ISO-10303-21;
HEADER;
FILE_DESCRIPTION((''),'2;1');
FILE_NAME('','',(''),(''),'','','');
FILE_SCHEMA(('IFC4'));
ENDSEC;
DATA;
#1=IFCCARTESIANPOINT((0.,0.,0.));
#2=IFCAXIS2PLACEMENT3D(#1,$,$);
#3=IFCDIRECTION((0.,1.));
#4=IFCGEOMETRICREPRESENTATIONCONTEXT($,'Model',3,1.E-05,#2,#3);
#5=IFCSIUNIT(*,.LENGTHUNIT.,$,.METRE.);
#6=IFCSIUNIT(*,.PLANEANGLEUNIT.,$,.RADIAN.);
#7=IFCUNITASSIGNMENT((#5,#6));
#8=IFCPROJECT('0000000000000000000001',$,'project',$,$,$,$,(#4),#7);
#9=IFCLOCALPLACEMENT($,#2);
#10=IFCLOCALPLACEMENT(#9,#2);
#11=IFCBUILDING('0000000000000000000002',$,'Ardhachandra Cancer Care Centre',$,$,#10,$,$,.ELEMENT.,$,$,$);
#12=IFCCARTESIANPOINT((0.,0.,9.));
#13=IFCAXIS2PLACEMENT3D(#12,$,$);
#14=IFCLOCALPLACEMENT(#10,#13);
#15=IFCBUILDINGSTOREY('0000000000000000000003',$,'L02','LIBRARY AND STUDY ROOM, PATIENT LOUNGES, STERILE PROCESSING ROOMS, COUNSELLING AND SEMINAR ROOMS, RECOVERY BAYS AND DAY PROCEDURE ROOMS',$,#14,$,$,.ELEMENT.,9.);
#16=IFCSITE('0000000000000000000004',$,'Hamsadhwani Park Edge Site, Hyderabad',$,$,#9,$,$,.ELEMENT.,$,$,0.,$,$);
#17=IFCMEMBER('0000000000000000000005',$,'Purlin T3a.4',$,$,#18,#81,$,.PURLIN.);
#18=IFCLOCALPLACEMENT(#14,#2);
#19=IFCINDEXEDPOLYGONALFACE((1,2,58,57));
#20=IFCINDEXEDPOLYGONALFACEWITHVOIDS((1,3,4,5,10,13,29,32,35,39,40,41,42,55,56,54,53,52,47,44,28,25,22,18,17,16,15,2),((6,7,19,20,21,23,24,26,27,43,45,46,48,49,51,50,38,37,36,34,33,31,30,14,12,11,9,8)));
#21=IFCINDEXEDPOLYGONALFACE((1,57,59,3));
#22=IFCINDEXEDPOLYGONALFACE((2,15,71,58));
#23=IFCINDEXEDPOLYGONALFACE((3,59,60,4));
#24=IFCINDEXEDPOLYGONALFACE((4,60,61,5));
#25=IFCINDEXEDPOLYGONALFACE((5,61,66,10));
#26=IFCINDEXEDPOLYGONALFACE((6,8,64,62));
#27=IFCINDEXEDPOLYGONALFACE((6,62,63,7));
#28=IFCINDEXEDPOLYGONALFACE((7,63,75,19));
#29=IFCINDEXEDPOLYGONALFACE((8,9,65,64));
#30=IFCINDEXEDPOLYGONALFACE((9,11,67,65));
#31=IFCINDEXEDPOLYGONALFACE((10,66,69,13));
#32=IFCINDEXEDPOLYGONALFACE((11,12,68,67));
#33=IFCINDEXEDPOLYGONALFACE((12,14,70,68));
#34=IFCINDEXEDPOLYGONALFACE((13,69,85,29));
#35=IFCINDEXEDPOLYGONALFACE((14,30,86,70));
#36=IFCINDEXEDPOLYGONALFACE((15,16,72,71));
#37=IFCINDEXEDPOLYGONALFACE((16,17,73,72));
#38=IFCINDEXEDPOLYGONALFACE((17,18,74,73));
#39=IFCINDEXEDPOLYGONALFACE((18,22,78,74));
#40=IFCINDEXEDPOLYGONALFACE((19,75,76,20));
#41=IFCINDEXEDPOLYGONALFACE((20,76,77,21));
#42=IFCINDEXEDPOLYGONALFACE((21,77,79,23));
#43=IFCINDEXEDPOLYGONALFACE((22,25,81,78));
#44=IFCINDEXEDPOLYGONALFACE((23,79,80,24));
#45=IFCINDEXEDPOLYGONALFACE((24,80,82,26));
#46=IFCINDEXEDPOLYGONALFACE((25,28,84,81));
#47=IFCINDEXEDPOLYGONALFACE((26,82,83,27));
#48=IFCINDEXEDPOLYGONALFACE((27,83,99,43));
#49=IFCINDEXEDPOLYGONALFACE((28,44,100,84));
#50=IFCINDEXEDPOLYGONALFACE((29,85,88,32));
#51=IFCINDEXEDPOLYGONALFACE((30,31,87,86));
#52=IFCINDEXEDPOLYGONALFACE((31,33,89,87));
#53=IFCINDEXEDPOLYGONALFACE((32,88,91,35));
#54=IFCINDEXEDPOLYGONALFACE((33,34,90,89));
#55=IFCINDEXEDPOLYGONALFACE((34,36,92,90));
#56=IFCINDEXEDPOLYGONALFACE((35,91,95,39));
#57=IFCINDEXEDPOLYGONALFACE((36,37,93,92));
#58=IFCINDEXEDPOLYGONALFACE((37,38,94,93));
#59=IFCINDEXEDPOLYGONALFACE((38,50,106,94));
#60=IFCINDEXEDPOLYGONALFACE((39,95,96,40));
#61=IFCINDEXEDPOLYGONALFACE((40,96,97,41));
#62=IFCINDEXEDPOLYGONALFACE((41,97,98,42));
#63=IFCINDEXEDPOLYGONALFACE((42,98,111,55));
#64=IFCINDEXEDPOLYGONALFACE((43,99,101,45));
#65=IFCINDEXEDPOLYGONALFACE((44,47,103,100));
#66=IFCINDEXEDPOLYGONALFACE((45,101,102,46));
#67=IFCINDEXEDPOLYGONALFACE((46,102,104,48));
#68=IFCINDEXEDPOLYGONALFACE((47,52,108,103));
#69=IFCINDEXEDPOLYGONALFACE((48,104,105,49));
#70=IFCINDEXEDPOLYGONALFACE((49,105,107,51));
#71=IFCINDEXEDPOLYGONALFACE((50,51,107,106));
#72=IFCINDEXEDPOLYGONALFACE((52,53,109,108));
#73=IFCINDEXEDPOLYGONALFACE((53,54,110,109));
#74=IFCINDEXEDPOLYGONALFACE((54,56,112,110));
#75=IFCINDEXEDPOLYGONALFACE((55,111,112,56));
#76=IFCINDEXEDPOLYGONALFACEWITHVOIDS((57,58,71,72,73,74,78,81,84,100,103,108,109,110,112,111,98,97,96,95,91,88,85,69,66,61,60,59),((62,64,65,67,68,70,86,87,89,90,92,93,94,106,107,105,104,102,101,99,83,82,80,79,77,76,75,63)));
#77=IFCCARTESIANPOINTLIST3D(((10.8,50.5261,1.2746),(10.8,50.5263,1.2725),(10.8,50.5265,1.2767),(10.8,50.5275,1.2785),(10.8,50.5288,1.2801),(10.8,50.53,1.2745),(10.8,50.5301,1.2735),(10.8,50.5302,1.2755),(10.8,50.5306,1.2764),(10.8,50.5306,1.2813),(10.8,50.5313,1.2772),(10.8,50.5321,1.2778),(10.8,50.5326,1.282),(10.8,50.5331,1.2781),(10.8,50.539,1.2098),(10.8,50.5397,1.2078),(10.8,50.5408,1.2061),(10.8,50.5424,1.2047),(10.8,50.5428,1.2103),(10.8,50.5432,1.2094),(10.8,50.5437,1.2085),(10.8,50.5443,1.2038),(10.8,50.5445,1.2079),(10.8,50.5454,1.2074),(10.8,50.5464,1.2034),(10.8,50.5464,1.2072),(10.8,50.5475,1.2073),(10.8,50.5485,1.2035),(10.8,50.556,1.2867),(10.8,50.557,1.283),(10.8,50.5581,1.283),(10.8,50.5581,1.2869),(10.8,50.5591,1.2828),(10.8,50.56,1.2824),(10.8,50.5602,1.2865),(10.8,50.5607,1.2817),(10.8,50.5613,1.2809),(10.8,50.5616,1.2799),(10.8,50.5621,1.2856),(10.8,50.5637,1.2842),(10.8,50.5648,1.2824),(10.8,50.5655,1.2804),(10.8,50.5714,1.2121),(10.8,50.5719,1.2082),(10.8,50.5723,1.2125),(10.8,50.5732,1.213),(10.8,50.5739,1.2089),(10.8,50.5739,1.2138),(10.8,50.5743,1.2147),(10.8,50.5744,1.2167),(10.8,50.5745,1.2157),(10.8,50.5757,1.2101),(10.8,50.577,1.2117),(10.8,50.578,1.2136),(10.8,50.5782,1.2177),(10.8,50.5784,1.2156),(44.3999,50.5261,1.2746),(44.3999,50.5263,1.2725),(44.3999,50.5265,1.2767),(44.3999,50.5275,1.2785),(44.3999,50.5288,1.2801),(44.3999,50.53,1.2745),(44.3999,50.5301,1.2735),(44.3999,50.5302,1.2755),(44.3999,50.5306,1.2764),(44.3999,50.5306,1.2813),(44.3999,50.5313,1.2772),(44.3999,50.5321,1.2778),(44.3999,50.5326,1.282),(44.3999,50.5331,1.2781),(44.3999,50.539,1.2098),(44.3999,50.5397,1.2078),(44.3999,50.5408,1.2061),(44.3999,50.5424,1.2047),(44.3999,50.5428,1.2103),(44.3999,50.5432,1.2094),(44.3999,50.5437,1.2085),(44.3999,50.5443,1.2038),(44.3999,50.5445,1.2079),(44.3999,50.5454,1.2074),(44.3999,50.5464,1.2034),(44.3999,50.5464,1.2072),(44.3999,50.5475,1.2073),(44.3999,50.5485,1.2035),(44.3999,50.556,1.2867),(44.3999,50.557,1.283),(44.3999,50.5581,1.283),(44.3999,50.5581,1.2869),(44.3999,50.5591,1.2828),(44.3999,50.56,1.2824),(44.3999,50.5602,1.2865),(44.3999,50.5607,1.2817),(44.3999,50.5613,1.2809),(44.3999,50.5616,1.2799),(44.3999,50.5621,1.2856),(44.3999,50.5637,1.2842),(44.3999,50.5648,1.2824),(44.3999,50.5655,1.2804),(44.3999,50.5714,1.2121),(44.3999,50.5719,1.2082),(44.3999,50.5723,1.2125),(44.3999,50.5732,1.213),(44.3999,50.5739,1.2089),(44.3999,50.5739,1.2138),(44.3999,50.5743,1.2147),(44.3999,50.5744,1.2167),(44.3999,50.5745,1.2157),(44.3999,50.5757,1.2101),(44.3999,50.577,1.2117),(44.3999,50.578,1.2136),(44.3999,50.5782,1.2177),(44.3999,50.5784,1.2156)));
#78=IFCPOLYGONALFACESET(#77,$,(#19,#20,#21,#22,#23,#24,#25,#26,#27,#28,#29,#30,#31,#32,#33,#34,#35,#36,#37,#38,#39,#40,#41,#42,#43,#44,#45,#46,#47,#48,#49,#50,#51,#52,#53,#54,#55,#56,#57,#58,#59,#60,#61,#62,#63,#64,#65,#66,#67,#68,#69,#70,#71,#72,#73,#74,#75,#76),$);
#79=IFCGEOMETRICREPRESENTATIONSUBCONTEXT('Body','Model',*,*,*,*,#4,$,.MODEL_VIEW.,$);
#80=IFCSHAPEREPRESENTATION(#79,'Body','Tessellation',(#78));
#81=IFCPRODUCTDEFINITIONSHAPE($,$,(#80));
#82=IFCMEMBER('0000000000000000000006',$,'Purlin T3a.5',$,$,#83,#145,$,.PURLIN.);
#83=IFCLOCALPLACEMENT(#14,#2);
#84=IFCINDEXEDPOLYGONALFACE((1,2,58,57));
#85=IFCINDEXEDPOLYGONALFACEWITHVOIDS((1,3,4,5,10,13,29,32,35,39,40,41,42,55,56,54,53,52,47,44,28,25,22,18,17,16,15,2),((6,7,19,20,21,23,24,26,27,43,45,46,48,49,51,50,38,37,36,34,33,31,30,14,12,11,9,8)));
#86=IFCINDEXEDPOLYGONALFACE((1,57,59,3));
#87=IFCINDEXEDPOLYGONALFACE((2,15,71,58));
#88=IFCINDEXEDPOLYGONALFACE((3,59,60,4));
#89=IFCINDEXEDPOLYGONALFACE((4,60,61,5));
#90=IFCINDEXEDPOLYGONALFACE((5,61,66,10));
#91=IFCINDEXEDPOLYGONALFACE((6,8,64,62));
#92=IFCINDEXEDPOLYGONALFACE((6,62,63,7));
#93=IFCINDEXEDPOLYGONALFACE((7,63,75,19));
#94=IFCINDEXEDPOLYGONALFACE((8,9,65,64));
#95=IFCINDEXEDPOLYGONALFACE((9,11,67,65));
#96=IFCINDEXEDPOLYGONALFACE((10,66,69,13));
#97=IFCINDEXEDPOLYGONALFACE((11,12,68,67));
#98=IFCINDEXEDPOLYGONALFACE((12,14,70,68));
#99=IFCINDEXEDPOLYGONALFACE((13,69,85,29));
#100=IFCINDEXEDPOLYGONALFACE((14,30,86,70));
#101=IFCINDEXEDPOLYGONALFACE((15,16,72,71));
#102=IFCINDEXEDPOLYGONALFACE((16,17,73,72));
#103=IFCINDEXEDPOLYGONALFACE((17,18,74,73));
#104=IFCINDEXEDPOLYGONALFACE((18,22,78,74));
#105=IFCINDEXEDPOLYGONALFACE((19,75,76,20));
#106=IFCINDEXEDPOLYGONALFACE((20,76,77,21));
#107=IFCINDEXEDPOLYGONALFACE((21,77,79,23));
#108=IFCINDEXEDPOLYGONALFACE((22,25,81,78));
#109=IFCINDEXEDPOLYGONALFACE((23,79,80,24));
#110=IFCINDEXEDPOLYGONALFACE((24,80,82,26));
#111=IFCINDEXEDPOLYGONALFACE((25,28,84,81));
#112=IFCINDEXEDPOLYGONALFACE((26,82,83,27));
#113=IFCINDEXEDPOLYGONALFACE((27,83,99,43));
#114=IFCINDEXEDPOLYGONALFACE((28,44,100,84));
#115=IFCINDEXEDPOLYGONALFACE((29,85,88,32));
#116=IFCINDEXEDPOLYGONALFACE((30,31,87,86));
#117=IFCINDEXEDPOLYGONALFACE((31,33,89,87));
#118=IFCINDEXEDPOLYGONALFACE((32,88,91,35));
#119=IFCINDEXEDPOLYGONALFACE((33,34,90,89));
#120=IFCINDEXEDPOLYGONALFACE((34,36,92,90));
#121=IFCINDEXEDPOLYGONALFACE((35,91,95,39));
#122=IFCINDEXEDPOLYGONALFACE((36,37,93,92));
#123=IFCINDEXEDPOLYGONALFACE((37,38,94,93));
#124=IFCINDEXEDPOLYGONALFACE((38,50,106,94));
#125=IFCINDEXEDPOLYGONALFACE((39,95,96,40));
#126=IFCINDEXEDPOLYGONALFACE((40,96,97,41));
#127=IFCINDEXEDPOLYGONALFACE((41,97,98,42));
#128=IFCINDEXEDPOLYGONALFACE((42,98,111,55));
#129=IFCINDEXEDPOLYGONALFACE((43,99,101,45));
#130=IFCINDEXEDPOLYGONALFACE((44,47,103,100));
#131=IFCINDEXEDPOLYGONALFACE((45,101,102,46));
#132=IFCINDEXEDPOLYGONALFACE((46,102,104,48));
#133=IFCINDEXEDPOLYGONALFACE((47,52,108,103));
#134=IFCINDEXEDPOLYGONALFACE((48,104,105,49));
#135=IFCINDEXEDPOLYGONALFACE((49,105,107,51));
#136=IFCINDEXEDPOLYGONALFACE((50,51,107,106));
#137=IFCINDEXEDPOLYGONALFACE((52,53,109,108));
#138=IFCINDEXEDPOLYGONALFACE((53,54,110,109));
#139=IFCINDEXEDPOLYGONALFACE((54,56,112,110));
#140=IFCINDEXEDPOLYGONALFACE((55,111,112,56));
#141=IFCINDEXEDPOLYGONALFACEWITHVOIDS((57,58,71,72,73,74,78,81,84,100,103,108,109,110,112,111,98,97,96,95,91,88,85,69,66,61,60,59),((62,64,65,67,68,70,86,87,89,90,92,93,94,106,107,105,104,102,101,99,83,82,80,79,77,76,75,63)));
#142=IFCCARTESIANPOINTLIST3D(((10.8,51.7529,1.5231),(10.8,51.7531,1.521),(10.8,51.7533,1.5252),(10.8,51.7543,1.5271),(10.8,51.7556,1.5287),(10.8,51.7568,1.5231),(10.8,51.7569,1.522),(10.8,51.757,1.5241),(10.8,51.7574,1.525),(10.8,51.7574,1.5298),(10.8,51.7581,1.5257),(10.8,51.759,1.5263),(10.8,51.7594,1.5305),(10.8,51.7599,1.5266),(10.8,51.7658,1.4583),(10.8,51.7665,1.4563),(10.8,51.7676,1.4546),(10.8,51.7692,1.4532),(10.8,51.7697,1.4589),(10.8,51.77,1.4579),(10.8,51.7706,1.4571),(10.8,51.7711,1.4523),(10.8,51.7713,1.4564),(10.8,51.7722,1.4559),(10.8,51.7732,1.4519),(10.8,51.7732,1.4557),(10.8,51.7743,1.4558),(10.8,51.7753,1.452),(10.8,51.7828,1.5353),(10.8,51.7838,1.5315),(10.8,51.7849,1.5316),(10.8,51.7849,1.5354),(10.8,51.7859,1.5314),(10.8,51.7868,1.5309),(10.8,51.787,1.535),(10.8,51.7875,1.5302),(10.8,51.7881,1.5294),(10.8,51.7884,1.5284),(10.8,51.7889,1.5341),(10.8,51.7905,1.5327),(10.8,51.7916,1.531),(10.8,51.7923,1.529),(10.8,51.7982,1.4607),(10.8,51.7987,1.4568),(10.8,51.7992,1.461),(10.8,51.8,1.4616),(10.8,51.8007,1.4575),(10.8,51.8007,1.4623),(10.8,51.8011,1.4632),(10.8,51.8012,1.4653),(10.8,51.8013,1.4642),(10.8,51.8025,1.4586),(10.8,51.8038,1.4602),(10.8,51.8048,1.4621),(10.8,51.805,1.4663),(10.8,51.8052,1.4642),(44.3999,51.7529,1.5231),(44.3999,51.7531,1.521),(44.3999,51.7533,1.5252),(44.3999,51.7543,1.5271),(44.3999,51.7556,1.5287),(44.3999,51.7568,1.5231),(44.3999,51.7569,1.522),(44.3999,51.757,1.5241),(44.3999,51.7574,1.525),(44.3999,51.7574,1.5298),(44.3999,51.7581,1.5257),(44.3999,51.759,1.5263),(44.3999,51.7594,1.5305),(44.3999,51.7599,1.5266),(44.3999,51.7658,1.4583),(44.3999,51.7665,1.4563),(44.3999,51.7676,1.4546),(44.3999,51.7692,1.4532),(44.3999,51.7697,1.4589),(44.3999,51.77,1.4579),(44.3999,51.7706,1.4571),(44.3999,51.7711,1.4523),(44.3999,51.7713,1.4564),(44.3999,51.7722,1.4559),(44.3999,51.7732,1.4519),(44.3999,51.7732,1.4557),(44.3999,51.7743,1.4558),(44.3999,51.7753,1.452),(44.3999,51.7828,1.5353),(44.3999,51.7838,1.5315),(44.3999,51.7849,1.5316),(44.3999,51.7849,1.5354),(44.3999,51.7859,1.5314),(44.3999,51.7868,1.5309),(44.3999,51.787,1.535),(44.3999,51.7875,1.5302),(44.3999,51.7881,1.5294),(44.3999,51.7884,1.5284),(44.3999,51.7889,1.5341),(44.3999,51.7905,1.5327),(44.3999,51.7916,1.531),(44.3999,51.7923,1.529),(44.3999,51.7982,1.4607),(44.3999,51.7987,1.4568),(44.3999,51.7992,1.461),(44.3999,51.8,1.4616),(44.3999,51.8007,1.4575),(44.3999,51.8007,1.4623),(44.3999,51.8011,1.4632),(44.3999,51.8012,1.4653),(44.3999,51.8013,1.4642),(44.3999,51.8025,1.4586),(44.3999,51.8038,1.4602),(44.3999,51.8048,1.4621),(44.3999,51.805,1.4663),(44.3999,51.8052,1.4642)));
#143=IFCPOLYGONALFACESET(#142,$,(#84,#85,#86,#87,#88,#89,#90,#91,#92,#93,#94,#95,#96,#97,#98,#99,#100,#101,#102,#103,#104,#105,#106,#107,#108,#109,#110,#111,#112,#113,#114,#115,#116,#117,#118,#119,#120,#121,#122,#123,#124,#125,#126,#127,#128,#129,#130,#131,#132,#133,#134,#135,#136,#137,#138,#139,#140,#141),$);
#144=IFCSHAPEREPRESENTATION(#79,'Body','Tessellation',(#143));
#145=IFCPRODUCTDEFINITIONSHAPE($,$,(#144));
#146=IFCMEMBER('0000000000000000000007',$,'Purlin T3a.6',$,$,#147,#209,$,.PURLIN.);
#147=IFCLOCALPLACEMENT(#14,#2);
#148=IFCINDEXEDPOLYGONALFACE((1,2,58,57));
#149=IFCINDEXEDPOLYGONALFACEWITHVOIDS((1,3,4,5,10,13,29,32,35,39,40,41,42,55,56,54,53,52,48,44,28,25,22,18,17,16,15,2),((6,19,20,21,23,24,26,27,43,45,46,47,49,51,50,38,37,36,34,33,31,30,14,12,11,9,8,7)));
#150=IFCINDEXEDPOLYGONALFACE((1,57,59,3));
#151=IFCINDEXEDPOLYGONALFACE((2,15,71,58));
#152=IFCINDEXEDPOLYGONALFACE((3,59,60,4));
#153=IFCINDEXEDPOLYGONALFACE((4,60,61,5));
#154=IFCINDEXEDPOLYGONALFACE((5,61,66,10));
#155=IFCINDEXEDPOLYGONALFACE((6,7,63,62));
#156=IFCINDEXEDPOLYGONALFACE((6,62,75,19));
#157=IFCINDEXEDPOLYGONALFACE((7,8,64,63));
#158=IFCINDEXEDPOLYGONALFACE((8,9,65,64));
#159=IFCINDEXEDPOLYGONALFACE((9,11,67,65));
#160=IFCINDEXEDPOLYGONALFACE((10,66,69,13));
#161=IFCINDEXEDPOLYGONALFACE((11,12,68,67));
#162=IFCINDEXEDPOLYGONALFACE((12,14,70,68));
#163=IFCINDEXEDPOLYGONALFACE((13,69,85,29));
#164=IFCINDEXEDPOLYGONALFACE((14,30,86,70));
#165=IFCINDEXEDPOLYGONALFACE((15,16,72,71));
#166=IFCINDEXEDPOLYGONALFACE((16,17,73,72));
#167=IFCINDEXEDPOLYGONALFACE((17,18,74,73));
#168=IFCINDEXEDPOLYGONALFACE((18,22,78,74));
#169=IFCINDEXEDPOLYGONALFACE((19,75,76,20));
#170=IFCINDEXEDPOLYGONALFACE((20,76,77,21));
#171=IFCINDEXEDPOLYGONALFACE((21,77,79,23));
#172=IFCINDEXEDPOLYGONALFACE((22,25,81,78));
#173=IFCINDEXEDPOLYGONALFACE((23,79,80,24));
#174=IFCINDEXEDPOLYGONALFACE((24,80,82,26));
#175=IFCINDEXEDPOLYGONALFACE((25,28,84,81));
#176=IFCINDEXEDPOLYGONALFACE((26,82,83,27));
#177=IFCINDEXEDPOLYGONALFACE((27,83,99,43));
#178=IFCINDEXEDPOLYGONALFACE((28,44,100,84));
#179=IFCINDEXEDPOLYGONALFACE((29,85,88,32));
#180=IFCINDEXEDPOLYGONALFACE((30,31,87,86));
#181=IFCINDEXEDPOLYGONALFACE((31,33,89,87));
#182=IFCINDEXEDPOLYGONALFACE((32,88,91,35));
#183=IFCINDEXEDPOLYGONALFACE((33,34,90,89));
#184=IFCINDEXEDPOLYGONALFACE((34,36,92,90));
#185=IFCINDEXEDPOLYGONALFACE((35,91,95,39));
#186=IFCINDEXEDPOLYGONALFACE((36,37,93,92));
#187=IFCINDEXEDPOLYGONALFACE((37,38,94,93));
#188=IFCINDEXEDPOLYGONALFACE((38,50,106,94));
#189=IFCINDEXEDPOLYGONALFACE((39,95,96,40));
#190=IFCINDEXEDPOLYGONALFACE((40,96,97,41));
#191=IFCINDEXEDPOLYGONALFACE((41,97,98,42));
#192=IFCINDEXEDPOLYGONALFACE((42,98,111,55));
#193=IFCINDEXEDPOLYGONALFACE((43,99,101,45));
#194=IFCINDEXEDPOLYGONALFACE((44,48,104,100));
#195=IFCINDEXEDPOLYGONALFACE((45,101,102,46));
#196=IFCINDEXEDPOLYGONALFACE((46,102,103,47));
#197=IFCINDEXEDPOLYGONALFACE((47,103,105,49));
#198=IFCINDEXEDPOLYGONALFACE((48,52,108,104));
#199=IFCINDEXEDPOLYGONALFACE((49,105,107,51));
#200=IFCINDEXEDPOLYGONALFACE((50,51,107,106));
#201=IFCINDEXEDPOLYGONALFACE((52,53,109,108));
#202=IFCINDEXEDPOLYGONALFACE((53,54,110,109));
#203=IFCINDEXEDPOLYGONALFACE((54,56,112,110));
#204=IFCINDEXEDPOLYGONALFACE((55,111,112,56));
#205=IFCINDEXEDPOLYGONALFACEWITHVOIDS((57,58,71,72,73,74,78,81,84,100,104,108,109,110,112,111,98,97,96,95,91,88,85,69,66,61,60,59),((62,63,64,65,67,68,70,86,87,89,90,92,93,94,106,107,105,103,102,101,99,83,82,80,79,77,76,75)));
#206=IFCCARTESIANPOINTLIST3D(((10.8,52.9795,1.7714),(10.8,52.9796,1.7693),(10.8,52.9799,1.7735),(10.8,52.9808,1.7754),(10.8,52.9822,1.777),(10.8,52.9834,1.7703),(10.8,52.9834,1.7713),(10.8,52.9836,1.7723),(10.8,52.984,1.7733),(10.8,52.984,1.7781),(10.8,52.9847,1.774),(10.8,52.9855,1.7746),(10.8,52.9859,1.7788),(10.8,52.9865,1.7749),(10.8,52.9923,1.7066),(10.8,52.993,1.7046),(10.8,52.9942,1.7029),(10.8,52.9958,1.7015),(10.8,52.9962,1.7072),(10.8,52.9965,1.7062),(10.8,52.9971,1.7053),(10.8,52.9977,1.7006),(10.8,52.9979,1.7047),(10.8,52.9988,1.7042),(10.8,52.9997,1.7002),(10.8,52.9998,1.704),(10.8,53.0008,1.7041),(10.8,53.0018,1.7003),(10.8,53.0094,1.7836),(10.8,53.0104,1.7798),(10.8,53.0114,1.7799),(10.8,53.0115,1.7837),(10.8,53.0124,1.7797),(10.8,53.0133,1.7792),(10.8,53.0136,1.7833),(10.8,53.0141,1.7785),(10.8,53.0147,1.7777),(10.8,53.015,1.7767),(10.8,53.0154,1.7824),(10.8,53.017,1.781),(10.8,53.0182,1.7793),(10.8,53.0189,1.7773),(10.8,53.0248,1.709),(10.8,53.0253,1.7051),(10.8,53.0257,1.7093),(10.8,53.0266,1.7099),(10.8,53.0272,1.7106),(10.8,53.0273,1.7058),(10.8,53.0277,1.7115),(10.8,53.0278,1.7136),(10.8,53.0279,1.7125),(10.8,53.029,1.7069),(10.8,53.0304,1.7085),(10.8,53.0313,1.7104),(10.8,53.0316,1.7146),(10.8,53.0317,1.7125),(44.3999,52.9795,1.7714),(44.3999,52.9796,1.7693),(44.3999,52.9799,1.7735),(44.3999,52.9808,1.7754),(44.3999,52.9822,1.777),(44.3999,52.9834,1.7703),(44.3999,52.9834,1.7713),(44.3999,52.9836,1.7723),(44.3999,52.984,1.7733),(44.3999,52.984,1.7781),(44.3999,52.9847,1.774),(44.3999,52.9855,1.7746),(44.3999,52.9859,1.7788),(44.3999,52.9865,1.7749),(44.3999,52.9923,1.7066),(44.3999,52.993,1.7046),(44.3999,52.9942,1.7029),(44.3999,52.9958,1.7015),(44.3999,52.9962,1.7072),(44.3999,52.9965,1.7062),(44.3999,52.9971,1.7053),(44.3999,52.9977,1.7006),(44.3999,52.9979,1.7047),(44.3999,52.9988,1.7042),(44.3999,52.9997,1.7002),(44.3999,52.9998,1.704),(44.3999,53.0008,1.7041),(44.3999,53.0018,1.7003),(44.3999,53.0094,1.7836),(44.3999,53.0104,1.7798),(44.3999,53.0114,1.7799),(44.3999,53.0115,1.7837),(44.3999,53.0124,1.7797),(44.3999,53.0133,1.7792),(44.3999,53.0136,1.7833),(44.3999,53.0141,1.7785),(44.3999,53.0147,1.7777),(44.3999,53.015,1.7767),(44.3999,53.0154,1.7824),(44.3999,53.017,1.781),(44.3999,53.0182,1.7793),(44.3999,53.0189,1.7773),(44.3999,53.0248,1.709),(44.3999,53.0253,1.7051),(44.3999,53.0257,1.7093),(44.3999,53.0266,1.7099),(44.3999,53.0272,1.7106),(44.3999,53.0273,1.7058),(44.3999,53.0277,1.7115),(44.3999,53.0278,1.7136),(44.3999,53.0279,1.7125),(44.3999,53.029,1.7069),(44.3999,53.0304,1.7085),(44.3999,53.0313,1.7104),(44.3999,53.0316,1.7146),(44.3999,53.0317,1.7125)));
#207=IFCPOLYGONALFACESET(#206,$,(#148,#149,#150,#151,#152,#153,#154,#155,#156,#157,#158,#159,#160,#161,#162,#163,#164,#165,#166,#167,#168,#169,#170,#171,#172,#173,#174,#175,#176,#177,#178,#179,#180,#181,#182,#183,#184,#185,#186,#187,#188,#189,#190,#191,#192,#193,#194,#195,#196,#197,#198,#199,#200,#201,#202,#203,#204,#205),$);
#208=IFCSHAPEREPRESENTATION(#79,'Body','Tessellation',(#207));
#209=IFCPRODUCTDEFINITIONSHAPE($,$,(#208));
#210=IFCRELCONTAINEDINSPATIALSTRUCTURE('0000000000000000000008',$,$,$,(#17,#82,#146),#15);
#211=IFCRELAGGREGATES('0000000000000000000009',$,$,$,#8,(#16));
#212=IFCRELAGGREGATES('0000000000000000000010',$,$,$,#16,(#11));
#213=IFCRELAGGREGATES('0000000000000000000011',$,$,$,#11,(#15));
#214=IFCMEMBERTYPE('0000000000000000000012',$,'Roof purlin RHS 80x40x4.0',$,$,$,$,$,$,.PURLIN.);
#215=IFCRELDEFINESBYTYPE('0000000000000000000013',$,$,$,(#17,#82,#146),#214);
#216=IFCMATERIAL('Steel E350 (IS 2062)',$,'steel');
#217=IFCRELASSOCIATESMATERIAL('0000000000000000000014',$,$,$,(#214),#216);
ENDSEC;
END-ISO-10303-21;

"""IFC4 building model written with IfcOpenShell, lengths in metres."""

from ifc_helpers import new_model, si_unit, direction, frame, origin, origin_2d, place, context, subcontext, project, spatial, hollow_rectangle, extrude, material, material_profile, profile_set, type_object, element, save


model = new_model("IFC4")

# Units and contexts
model_context = context("Model", 3, precision=1e-05, world=origin(), true_north=direction((0.0, 1.0)))
body_context = subcontext(model_context, "Body", "Model", "MODEL_VIEW")
ifc_project = project(units=[si_unit("LENGTHUNIT", "METRE"), si_unit("PLANEANGLEUNIT", "RADIAN")], contexts=[model_context])

# Site, building, storey
site_placement = place(None, origin())
site = spatial("IfcSite", under=ifc_project, at=site_placement, Name="Hamsadhwani Park Edge Site, Hyderabad", CompositionType="ELEMENT", RefElevation=0.0)
building_placement = place(site_placement, origin())
building = spatial("IfcBuilding", under=site, at=building_placement, Name="Ardhachandra Cancer Care Centre", CompositionType="ELEMENT")
storey_placement = place(building_placement, frame((0.0, 0.0, 9.0)))
storey = spatial("IfcBuildingStorey", under=building, at=storey_placement, Name="L02", Description="LIBRARY AND STUDY ROOM, PATIENT LOUNGES, STERILE PROCESSING ROOMS, COUNSELLING AND SEMINAR ROOMS, RECOVERY BAYS AND DAY PROCEDURE ROOMS", CompositionType="ELEMENT", Elevation=9.0)

# Members
ifc_material_1 = material(Name="Steel E350 (IS 2062)", Category="steel")
ifc_material_profile_1 = material_profile(ifc_material_1, hollow_rectangle(XDim=0.04, YDim=0.0801, WallThickness=0.0039, InnerFilletRadius=0.0039, OuterFilletRadius=0.0081, at=origin_2d()), Name="RHS 80x40x4.0")
ifc_profile_set_1 = profile_set([ifc_material_profile_1], Name="Steel E350 (IS 2062)")
member_type_1 = type_object("IfcMemberType", Name="Roof purlin RHS 80x40x4.0", PredefinedType="PURLIN", material=ifc_profile_set_1)
for number, where, z_axis, x_axis, name in (
    (1, (10.8, 50.5522, 1.2451), (1.0, 0.0, 0.0), (0.0, 0.980107, 0.198472), "Purlin T3a.4"),
    (2, (10.8, 51.7791, 1.4937), (1.0, 0.0, 0.0), (0.0, 0.980107, 0.198472), "Purlin T3a.5"),
    (3, (10.8, 53.0056, 1.7419), (1.0, 0.0, 0.0), (0.0, 0.980107, 0.198472), "Purlin T3a.6"),
):
    element("IfcMember", number, at=place(storey_placement, frame(where, z_axis=z_axis, x_axis=x_axis)), inside=storey, type_object=member_type_1, Name=name, PredefinedType="PURLIN", context=body_context, shape_type="SweptSolid", body=[
        extrude(hollow_rectangle(XDim=0.04, YDim=0.0801, WallThickness=0.0039, InnerFilletRadius=0.0039, OuterFilletRadius=0.0081, at=origin_2d()), origin(), (0.0, 0.0, 1.0), 33.5999),
    ])

save(model, "model.ifc")
